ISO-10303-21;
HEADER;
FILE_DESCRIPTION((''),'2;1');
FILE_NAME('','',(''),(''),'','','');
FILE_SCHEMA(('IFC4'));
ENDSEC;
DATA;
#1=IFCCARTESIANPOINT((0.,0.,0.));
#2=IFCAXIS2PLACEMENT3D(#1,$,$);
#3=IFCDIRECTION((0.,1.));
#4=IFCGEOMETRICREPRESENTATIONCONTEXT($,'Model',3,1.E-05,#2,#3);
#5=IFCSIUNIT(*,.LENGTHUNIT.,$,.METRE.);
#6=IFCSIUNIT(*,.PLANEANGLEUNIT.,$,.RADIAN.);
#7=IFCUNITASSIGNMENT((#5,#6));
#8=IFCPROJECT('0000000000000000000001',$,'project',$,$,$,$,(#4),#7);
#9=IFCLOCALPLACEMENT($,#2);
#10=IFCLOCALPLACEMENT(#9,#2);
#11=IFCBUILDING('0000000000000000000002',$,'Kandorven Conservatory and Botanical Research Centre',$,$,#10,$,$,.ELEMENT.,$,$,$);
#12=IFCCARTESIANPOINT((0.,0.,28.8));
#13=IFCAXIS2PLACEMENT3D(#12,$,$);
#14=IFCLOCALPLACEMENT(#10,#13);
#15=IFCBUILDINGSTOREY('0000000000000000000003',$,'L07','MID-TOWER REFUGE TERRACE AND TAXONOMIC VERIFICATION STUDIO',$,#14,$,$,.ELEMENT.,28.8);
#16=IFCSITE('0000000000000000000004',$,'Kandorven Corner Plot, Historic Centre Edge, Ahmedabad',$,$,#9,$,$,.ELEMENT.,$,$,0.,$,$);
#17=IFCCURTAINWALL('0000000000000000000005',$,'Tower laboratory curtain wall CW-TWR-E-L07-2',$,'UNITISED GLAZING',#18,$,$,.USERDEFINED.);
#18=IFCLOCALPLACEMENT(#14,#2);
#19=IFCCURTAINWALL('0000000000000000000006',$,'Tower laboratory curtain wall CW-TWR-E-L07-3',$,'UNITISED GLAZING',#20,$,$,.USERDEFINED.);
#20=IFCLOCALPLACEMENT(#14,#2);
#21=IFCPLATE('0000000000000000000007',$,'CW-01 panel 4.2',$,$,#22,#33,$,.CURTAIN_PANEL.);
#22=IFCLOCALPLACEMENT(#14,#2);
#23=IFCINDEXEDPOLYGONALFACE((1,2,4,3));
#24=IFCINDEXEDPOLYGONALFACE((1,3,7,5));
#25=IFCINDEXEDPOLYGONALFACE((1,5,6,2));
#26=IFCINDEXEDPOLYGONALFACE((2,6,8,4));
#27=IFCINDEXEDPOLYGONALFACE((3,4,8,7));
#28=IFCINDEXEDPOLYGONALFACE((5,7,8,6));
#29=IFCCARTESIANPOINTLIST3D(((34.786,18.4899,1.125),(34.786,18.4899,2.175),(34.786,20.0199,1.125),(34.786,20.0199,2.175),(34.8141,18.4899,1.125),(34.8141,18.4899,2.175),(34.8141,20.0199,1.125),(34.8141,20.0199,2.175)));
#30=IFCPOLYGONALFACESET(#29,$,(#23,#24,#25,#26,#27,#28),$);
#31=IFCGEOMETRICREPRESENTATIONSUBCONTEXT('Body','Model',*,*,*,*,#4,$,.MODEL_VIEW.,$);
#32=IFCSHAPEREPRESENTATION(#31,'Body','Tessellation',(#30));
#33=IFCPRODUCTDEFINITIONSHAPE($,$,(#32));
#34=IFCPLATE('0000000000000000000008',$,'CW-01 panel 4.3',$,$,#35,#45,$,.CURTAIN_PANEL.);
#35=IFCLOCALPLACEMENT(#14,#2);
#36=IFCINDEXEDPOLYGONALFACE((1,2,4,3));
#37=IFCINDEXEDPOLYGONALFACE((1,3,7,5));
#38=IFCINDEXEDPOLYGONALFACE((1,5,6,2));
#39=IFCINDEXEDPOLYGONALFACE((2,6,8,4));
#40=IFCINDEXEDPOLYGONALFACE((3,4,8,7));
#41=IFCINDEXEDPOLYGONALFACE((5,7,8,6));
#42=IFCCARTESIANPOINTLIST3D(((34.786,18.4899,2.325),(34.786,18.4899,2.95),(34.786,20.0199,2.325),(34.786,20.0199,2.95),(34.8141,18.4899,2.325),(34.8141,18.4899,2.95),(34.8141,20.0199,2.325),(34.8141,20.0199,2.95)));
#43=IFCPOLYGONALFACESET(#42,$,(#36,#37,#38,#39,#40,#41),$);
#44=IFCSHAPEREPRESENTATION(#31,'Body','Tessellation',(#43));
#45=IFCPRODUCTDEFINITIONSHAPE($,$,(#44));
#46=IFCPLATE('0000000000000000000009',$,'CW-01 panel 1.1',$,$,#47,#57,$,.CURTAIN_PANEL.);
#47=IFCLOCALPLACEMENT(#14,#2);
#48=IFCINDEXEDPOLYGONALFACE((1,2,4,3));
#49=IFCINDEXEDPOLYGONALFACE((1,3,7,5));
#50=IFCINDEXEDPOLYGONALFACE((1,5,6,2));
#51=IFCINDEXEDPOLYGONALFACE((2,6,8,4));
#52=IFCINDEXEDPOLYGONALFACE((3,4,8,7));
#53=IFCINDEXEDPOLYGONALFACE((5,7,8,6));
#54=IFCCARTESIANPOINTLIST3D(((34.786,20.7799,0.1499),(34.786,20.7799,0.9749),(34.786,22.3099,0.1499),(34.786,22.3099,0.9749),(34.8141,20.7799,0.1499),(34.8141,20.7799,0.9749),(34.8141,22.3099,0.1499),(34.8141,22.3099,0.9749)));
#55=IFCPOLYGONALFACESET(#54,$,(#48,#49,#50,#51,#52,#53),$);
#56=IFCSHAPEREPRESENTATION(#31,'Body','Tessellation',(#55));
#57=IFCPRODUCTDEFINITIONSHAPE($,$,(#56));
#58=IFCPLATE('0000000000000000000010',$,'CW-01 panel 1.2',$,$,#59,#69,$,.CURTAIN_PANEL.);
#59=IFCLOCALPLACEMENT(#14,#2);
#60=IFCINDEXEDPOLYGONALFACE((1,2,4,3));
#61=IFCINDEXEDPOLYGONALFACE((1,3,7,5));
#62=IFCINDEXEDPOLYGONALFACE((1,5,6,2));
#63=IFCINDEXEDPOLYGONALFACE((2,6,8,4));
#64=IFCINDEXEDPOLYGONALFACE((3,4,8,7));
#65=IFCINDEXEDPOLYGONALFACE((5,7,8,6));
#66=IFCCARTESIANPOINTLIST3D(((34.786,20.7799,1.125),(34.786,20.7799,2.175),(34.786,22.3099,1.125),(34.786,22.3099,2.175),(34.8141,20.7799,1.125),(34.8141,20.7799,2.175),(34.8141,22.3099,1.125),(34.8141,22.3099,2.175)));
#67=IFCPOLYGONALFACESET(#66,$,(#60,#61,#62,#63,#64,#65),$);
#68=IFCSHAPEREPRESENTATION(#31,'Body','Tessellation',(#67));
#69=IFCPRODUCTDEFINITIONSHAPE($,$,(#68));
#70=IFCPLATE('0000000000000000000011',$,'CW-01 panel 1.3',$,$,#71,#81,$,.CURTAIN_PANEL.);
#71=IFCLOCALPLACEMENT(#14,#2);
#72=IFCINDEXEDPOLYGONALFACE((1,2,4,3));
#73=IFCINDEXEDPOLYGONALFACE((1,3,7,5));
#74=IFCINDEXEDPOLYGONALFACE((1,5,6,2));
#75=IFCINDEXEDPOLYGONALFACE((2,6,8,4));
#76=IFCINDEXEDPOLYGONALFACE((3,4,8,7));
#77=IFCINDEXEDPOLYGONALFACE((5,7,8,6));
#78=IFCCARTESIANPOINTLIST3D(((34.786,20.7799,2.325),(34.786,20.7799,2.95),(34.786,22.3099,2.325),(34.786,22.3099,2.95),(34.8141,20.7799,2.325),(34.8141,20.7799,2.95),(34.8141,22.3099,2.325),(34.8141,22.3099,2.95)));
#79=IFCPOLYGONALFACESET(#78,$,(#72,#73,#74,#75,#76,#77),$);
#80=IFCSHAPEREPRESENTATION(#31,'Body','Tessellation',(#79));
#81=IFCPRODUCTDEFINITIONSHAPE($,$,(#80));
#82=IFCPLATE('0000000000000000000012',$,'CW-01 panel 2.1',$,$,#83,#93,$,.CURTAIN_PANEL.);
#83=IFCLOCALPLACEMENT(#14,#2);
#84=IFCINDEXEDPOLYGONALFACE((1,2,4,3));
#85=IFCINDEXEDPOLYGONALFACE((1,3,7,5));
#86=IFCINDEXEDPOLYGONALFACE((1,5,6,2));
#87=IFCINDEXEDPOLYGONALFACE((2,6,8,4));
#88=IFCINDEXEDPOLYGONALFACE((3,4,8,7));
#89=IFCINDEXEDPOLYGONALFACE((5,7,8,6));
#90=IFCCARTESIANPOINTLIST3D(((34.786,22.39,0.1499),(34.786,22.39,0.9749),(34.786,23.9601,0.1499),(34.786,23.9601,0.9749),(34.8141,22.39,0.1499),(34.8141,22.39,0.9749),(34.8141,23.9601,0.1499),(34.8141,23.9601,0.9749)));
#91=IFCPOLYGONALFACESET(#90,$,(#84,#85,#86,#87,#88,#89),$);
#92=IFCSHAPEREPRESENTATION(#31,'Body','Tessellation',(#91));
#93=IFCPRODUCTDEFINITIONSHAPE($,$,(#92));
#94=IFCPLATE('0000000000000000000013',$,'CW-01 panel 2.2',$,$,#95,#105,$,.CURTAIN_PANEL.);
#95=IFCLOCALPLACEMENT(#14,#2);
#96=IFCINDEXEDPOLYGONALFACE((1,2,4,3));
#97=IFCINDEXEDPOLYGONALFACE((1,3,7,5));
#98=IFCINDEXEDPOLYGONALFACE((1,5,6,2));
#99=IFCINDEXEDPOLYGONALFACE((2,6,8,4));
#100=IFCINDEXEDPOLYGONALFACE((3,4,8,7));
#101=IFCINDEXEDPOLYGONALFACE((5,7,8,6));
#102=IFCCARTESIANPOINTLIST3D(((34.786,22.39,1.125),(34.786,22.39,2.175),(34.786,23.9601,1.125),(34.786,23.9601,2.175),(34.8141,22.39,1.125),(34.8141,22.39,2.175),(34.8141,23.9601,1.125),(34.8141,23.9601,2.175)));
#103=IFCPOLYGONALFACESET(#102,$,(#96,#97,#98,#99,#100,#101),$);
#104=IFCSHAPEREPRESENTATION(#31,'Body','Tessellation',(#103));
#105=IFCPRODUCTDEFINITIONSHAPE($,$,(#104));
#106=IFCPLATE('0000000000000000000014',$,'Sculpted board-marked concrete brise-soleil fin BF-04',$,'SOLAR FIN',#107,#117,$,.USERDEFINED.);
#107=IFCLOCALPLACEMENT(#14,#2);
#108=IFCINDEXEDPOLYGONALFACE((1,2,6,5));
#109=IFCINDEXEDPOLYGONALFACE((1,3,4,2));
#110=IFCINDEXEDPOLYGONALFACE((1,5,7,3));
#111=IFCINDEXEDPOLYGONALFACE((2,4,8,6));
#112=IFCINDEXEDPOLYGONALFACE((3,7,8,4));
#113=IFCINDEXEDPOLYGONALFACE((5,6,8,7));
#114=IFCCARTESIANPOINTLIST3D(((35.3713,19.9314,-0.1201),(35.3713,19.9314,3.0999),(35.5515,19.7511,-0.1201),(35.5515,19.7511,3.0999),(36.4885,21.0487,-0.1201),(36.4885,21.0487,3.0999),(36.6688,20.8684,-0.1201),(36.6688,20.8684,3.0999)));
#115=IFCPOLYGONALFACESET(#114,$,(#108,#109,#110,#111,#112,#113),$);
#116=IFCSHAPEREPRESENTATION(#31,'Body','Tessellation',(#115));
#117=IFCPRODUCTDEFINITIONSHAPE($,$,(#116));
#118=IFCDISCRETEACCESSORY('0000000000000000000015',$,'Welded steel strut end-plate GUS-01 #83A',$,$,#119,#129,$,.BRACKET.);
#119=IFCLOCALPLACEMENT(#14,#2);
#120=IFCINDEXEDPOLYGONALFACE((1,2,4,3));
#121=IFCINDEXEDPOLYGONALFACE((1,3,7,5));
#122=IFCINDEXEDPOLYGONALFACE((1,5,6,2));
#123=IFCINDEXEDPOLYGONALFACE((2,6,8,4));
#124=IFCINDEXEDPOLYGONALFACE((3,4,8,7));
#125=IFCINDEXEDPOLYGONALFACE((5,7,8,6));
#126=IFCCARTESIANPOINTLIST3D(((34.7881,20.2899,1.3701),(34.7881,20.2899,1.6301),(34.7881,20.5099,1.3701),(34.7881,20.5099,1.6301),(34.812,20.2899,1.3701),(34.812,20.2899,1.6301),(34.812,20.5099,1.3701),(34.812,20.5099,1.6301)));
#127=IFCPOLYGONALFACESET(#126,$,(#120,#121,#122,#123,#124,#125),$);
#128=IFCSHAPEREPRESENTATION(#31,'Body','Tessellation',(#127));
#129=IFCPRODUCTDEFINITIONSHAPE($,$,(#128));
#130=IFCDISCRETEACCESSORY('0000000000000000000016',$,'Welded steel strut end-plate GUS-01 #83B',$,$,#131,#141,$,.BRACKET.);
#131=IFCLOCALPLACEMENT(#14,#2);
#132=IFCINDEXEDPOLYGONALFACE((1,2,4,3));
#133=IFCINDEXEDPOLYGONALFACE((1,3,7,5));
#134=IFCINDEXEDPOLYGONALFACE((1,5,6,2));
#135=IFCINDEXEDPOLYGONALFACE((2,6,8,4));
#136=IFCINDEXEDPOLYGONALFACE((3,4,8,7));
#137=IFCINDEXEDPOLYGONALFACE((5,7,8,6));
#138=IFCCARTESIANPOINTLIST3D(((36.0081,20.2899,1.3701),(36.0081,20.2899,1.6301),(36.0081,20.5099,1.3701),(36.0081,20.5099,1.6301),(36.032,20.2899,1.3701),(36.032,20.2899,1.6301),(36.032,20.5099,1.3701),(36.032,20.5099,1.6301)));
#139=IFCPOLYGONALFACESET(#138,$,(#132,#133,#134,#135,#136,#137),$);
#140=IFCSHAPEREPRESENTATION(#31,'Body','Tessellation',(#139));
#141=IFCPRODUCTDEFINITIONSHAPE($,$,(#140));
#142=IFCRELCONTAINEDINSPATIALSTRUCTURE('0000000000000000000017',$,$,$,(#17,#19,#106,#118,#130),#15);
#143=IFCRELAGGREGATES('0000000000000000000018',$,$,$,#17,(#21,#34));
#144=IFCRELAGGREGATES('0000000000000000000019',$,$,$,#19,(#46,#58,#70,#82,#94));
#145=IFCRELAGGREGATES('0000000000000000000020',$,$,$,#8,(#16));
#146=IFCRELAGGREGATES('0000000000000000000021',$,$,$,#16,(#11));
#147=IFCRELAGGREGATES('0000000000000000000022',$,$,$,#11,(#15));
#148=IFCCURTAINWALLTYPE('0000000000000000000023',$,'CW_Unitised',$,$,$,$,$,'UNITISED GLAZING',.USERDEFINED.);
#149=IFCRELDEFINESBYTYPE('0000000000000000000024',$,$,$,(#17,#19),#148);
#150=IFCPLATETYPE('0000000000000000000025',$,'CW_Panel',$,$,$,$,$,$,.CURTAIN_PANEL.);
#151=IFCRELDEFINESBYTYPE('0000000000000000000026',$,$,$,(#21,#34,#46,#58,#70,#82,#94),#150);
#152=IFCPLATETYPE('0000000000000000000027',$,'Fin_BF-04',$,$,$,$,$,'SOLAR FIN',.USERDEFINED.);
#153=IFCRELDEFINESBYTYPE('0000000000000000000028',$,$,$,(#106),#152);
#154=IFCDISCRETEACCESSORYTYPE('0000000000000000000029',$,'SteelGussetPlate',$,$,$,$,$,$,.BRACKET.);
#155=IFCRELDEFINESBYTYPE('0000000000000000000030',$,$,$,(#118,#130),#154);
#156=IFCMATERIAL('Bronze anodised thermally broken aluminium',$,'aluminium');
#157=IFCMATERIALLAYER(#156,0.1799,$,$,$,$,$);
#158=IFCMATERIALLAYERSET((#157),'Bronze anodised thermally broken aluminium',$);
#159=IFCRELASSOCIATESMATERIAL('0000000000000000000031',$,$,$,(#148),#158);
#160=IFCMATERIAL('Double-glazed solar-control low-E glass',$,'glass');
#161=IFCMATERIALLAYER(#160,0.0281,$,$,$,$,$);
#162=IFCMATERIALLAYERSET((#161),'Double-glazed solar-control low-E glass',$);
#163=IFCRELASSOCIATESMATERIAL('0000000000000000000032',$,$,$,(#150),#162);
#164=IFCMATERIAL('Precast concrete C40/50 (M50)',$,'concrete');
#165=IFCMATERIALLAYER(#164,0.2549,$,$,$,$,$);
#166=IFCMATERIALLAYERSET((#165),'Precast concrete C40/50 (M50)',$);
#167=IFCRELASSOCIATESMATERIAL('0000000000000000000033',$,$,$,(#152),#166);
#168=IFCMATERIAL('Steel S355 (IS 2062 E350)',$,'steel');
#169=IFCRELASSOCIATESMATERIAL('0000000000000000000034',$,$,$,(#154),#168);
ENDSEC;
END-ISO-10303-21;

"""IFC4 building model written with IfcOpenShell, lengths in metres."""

from ifc_helpers import new_model, si_unit, direction, frame, origin, origin_2d, place, context, subcontext, project, spatial, rectangle, extrude, material, layer, layer_set, type_object, element, aggregate, save


model = new_model("IFC4")

# Units and contexts
model_context = context("Model", 3, precision=1e-05, world=origin(), true_north=direction((0.0, 1.0)))
body_context = subcontext(model_context, "Body", "Model", "MODEL_VIEW")
ifc_project = project(units=[si_unit("LENGTHUNIT", "METRE"), si_unit("PLANEANGLEUNIT", "RADIAN")], contexts=[model_context])

# Site, building, storey
site_placement = place(None, origin())
site = spatial("IfcSite", under=ifc_project, at=site_placement, Name="Kandorven Corner Plot, Historic Centre Edge, Ahmedabad", CompositionType="ELEMENT", RefElevation=0.0)
building_placement = place(site_placement, origin())
building = spatial("IfcBuilding", under=site, at=building_placement, Name="Kandorven Conservatory and Botanical Research Centre", CompositionType="ELEMENT")
storey_placement = place(building_placement, frame((0.0, 0.0, 28.8)))
storey = spatial("IfcBuildingStorey", under=building, at=storey_placement, Name="L07", Description="MID-TOWER REFUGE TERRACE AND TAXONOMIC VERIFICATION STUDIO", CompositionType="ELEMENT", Elevation=28.8)

# Curtain wall
ifc_material_1 = material(Name="Bronze anodised thermally broken aluminium", Category="aluminium")
ifc_layer_1 = layer(ifc_material_1, 0.1799)
ifc_layer_set_1 = layer_set([ifc_layer_1], Name="Bronze anodised thermally broken aluminium")
curtain_wall_type = type_object("IfcCurtainWallType", Name="CW_Unitised", ElementType="UNITISED GLAZING", PredefinedType="USERDEFINED", material=ifc_layer_set_1)
curtain_wall_1_placement = place(storey_placement, origin())
curtain_wall_1 = element("IfcCurtainWall", 1, at=curtain_wall_1_placement, inside=storey, type_object=curtain_wall_type, Name="Tower laboratory curtain wall CW-TWR-E-L07-2", ObjectType="UNITISED GLAZING", PredefinedType="USERDEFINED")

# Curtain wall
curtain_wall_2_placement = place(storey_placement, origin())
curtain_wall_2 = element("IfcCurtainWall", 2, at=curtain_wall_2_placement, inside=storey, type_object=curtain_wall_type, Name="Tower laboratory curtain wall CW-TWR-E-L07-3", ObjectType="UNITISED GLAZING", PredefinedType="USERDEFINED")

# Plates
ifc_material_2 = material(Name="Double-glazed solar-control low-E glass", Category="glass")
ifc_layer_2 = layer(ifc_material_2, 0.0281)
ifc_layer_set_2 = layer_set([ifc_layer_2], Name="Double-glazed solar-control low-E glass")
plate_type_1 = type_object("IfcPlateType", Name="CW_Panel", PredefinedType="CURTAIN_PANEL", material=ifc_layer_set_2)
plate_1_placement = place(storey_placement, frame((34.8, 19.2549, 1.125), z_axis=(0.0, 0.0, 1.0), x_axis=(0.0, 1.0, 0.0)))
plate_1 = element("IfcPlate", 3, at=plate_1_placement, type_object=plate_type_1, Name="CW-01 panel 4.2", PredefinedType="CURTAIN_PANEL", context=body_context, shape_type="SweptSolid", body=[
    extrude(rectangle(XDim=1.53, YDim=0.0281, at=origin_2d()), origin(), (0.0, 0.0, 1.0), 1.05),
])
plate_2_placement = place(storey_placement, frame((34.8, 19.2549, 2.325), z_axis=(0.0, 0.0, 1.0), x_axis=(0.0, 1.0, 0.0)))
plate_2 = element("IfcPlate", 4, at=plate_2_placement, type_object=plate_type_1, Name="CW-01 panel 4.3", PredefinedType="CURTAIN_PANEL", context=body_context, shape_type="SweptSolid", body=[
    extrude(rectangle(XDim=1.53, YDim=0.0281, at=origin_2d()), origin(), (0.0, 0.0, 1.0), 0.625),
])
aggregate(curtain_wall_1, [plate_1, plate_2])
plate_3_placement = place(storey_placement, frame((34.8, 21.5449, 0.1499), z_axis=(0.0, 0.0, 1.0), x_axis=(0.0, 1.0, 0.0)))
plate_3 = element("IfcPlate", 5, at=plate_3_placement, type_object=plate_type_1, Name="CW-01 panel 1.1", PredefinedType="CURTAIN_PANEL", context=body_context, shape_type="SweptSolid", body=[
    extrude(rectangle(XDim=1.53, YDim=0.0281, at=origin_2d()), origin(), (0.0, 0.0, 1.0), 0.825),
])
plate_4_placement = place(storey_placement, frame((34.8, 21.5449, 1.125), z_axis=(0.0, 0.0, 1.0), x_axis=(0.0, 1.0, 0.0)))
plate_4 = element("IfcPlate", 6, at=plate_4_placement, type_object=plate_type_1, Name="CW-01 panel 1.2", PredefinedType="CURTAIN_PANEL", context=body_context, shape_type="SweptSolid", body=[
    extrude(rectangle(XDim=1.53, YDim=0.0281, at=origin_2d()), origin(), (0.0, 0.0, 1.0), 1.05),
])
plate_5_placement = place(storey_placement, frame((34.8, 21.5449, 2.325), z_axis=(0.0, 0.0, 1.0), x_axis=(0.0, 1.0, 0.0)))
plate_5 = element("IfcPlate", 7, at=plate_5_placement, type_object=plate_type_1, Name="CW-01 panel 1.3", PredefinedType="CURTAIN_PANEL", context=body_context, shape_type="SweptSolid", body=[
    extrude(rectangle(XDim=1.53, YDim=0.0281, at=origin_2d()), origin(), (0.0, 0.0, 1.0), 0.625),
])
plate_6_placement = place(storey_placement, frame((34.8, 23.175, 0.1499), z_axis=(0.0, 0.0, 1.0), x_axis=(0.0, 1.0, 0.0)))
plate_6 = element("IfcPlate", 8, at=plate_6_placement, type_object=plate_type_1, Name="CW-01 panel 2.1", PredefinedType="CURTAIN_PANEL", context=body_context, shape_type="SweptSolid", body=[
    extrude(rectangle(XDim=1.5701, YDim=0.0281, at=origin_2d()), origin(), (0.0, 0.0, 1.0), 0.825),
])
plate_7_placement = place(storey_placement, frame((34.8, 23.175, 1.125), z_axis=(0.0, 0.0, 1.0), x_axis=(0.0, 1.0, 0.0)))
plate_7 = element("IfcPlate", 9, at=plate_7_placement, type_object=plate_type_1, Name="CW-01 panel 2.2", PredefinedType="CURTAIN_PANEL", context=body_context, shape_type="SweptSolid", body=[
    extrude(rectangle(XDim=1.5701, YDim=0.0281, at=origin_2d()), origin(), (0.0, 0.0, 1.0), 1.05),
])
aggregate(curtain_wall_2, [plate_3, plate_4, plate_5, plate_6, plate_7])
ifc_material_3 = material(Name="Precast concrete C40/50 (M50)", Category="concrete")
ifc_layer_3 = layer(ifc_material_3, 0.2549)
ifc_layer_set_3 = layer_set([ifc_layer_3], Name="Precast concrete C40/50 (M50)")
plate_type_2 = type_object("IfcPlateType", Name="Fin_BF-04", ElementType="SOLAR FIN", PredefinedType="USERDEFINED", material=ifc_layer_set_3)
plate_8_placement = place(storey_placement, frame((36.02, 20.3999, -0.1201), z_axis=(0.0, 0.0, 1.0), x_axis=(0.707107, 0.707107, 0.0)))
element("IfcPlate", 10, at=plate_8_placement, inside=storey, type_object=plate_type_2, Name="Sculpted board-marked concrete brise-soleil fin BF-04", ObjectType="SOLAR FIN", PredefinedType="USERDEFINED", context=body_context, shape_type="SweptSolid", body=[
    extrude(rectangle(XDim=1.5801, YDim=0.2549, at=origin_2d()), origin(), (0.0, 0.0, 1.0), 3.22),
])

# Discrete accessories
ifc_material_4 = material(Name="Steel S355 (IS 2062 E350)", Category="steel")
discrete_accessory_type = type_object("IfcDiscreteAccessoryType", Name="SteelGussetPlate", PredefinedType="BRACKET", material=ifc_material_4)
for number, where, z_axis, x_axis, name in (
    (11, (34.8, 20.3999, 1.3701), (0.0, 0.0, 1.0), (1.0, 0.0, 0.0), "Welded steel strut end-plate GUS-01 #83A"),
    (12, (36.02, 20.3999, 1.3701), (0.0, 0.0, 1.0), (1.0, 0.0, 0.0), "Welded steel strut end-plate GUS-01 #83B"),
):
    element("IfcDiscreteAccessory", number, at=place(storey_placement, frame(where, z_axis=z_axis, x_axis=x_axis)), inside=storey, type_object=discrete_accessory_type, Name=name, PredefinedType="BRACKET", context=body_context, shape_type="SweptSolid", body=[
        extrude(rectangle(XDim=0.0239, YDim=0.22, at=origin_2d()), origin(), (0.0, 0.0, 1.0), 0.26),
    ])

save(model, "model.ifc")
